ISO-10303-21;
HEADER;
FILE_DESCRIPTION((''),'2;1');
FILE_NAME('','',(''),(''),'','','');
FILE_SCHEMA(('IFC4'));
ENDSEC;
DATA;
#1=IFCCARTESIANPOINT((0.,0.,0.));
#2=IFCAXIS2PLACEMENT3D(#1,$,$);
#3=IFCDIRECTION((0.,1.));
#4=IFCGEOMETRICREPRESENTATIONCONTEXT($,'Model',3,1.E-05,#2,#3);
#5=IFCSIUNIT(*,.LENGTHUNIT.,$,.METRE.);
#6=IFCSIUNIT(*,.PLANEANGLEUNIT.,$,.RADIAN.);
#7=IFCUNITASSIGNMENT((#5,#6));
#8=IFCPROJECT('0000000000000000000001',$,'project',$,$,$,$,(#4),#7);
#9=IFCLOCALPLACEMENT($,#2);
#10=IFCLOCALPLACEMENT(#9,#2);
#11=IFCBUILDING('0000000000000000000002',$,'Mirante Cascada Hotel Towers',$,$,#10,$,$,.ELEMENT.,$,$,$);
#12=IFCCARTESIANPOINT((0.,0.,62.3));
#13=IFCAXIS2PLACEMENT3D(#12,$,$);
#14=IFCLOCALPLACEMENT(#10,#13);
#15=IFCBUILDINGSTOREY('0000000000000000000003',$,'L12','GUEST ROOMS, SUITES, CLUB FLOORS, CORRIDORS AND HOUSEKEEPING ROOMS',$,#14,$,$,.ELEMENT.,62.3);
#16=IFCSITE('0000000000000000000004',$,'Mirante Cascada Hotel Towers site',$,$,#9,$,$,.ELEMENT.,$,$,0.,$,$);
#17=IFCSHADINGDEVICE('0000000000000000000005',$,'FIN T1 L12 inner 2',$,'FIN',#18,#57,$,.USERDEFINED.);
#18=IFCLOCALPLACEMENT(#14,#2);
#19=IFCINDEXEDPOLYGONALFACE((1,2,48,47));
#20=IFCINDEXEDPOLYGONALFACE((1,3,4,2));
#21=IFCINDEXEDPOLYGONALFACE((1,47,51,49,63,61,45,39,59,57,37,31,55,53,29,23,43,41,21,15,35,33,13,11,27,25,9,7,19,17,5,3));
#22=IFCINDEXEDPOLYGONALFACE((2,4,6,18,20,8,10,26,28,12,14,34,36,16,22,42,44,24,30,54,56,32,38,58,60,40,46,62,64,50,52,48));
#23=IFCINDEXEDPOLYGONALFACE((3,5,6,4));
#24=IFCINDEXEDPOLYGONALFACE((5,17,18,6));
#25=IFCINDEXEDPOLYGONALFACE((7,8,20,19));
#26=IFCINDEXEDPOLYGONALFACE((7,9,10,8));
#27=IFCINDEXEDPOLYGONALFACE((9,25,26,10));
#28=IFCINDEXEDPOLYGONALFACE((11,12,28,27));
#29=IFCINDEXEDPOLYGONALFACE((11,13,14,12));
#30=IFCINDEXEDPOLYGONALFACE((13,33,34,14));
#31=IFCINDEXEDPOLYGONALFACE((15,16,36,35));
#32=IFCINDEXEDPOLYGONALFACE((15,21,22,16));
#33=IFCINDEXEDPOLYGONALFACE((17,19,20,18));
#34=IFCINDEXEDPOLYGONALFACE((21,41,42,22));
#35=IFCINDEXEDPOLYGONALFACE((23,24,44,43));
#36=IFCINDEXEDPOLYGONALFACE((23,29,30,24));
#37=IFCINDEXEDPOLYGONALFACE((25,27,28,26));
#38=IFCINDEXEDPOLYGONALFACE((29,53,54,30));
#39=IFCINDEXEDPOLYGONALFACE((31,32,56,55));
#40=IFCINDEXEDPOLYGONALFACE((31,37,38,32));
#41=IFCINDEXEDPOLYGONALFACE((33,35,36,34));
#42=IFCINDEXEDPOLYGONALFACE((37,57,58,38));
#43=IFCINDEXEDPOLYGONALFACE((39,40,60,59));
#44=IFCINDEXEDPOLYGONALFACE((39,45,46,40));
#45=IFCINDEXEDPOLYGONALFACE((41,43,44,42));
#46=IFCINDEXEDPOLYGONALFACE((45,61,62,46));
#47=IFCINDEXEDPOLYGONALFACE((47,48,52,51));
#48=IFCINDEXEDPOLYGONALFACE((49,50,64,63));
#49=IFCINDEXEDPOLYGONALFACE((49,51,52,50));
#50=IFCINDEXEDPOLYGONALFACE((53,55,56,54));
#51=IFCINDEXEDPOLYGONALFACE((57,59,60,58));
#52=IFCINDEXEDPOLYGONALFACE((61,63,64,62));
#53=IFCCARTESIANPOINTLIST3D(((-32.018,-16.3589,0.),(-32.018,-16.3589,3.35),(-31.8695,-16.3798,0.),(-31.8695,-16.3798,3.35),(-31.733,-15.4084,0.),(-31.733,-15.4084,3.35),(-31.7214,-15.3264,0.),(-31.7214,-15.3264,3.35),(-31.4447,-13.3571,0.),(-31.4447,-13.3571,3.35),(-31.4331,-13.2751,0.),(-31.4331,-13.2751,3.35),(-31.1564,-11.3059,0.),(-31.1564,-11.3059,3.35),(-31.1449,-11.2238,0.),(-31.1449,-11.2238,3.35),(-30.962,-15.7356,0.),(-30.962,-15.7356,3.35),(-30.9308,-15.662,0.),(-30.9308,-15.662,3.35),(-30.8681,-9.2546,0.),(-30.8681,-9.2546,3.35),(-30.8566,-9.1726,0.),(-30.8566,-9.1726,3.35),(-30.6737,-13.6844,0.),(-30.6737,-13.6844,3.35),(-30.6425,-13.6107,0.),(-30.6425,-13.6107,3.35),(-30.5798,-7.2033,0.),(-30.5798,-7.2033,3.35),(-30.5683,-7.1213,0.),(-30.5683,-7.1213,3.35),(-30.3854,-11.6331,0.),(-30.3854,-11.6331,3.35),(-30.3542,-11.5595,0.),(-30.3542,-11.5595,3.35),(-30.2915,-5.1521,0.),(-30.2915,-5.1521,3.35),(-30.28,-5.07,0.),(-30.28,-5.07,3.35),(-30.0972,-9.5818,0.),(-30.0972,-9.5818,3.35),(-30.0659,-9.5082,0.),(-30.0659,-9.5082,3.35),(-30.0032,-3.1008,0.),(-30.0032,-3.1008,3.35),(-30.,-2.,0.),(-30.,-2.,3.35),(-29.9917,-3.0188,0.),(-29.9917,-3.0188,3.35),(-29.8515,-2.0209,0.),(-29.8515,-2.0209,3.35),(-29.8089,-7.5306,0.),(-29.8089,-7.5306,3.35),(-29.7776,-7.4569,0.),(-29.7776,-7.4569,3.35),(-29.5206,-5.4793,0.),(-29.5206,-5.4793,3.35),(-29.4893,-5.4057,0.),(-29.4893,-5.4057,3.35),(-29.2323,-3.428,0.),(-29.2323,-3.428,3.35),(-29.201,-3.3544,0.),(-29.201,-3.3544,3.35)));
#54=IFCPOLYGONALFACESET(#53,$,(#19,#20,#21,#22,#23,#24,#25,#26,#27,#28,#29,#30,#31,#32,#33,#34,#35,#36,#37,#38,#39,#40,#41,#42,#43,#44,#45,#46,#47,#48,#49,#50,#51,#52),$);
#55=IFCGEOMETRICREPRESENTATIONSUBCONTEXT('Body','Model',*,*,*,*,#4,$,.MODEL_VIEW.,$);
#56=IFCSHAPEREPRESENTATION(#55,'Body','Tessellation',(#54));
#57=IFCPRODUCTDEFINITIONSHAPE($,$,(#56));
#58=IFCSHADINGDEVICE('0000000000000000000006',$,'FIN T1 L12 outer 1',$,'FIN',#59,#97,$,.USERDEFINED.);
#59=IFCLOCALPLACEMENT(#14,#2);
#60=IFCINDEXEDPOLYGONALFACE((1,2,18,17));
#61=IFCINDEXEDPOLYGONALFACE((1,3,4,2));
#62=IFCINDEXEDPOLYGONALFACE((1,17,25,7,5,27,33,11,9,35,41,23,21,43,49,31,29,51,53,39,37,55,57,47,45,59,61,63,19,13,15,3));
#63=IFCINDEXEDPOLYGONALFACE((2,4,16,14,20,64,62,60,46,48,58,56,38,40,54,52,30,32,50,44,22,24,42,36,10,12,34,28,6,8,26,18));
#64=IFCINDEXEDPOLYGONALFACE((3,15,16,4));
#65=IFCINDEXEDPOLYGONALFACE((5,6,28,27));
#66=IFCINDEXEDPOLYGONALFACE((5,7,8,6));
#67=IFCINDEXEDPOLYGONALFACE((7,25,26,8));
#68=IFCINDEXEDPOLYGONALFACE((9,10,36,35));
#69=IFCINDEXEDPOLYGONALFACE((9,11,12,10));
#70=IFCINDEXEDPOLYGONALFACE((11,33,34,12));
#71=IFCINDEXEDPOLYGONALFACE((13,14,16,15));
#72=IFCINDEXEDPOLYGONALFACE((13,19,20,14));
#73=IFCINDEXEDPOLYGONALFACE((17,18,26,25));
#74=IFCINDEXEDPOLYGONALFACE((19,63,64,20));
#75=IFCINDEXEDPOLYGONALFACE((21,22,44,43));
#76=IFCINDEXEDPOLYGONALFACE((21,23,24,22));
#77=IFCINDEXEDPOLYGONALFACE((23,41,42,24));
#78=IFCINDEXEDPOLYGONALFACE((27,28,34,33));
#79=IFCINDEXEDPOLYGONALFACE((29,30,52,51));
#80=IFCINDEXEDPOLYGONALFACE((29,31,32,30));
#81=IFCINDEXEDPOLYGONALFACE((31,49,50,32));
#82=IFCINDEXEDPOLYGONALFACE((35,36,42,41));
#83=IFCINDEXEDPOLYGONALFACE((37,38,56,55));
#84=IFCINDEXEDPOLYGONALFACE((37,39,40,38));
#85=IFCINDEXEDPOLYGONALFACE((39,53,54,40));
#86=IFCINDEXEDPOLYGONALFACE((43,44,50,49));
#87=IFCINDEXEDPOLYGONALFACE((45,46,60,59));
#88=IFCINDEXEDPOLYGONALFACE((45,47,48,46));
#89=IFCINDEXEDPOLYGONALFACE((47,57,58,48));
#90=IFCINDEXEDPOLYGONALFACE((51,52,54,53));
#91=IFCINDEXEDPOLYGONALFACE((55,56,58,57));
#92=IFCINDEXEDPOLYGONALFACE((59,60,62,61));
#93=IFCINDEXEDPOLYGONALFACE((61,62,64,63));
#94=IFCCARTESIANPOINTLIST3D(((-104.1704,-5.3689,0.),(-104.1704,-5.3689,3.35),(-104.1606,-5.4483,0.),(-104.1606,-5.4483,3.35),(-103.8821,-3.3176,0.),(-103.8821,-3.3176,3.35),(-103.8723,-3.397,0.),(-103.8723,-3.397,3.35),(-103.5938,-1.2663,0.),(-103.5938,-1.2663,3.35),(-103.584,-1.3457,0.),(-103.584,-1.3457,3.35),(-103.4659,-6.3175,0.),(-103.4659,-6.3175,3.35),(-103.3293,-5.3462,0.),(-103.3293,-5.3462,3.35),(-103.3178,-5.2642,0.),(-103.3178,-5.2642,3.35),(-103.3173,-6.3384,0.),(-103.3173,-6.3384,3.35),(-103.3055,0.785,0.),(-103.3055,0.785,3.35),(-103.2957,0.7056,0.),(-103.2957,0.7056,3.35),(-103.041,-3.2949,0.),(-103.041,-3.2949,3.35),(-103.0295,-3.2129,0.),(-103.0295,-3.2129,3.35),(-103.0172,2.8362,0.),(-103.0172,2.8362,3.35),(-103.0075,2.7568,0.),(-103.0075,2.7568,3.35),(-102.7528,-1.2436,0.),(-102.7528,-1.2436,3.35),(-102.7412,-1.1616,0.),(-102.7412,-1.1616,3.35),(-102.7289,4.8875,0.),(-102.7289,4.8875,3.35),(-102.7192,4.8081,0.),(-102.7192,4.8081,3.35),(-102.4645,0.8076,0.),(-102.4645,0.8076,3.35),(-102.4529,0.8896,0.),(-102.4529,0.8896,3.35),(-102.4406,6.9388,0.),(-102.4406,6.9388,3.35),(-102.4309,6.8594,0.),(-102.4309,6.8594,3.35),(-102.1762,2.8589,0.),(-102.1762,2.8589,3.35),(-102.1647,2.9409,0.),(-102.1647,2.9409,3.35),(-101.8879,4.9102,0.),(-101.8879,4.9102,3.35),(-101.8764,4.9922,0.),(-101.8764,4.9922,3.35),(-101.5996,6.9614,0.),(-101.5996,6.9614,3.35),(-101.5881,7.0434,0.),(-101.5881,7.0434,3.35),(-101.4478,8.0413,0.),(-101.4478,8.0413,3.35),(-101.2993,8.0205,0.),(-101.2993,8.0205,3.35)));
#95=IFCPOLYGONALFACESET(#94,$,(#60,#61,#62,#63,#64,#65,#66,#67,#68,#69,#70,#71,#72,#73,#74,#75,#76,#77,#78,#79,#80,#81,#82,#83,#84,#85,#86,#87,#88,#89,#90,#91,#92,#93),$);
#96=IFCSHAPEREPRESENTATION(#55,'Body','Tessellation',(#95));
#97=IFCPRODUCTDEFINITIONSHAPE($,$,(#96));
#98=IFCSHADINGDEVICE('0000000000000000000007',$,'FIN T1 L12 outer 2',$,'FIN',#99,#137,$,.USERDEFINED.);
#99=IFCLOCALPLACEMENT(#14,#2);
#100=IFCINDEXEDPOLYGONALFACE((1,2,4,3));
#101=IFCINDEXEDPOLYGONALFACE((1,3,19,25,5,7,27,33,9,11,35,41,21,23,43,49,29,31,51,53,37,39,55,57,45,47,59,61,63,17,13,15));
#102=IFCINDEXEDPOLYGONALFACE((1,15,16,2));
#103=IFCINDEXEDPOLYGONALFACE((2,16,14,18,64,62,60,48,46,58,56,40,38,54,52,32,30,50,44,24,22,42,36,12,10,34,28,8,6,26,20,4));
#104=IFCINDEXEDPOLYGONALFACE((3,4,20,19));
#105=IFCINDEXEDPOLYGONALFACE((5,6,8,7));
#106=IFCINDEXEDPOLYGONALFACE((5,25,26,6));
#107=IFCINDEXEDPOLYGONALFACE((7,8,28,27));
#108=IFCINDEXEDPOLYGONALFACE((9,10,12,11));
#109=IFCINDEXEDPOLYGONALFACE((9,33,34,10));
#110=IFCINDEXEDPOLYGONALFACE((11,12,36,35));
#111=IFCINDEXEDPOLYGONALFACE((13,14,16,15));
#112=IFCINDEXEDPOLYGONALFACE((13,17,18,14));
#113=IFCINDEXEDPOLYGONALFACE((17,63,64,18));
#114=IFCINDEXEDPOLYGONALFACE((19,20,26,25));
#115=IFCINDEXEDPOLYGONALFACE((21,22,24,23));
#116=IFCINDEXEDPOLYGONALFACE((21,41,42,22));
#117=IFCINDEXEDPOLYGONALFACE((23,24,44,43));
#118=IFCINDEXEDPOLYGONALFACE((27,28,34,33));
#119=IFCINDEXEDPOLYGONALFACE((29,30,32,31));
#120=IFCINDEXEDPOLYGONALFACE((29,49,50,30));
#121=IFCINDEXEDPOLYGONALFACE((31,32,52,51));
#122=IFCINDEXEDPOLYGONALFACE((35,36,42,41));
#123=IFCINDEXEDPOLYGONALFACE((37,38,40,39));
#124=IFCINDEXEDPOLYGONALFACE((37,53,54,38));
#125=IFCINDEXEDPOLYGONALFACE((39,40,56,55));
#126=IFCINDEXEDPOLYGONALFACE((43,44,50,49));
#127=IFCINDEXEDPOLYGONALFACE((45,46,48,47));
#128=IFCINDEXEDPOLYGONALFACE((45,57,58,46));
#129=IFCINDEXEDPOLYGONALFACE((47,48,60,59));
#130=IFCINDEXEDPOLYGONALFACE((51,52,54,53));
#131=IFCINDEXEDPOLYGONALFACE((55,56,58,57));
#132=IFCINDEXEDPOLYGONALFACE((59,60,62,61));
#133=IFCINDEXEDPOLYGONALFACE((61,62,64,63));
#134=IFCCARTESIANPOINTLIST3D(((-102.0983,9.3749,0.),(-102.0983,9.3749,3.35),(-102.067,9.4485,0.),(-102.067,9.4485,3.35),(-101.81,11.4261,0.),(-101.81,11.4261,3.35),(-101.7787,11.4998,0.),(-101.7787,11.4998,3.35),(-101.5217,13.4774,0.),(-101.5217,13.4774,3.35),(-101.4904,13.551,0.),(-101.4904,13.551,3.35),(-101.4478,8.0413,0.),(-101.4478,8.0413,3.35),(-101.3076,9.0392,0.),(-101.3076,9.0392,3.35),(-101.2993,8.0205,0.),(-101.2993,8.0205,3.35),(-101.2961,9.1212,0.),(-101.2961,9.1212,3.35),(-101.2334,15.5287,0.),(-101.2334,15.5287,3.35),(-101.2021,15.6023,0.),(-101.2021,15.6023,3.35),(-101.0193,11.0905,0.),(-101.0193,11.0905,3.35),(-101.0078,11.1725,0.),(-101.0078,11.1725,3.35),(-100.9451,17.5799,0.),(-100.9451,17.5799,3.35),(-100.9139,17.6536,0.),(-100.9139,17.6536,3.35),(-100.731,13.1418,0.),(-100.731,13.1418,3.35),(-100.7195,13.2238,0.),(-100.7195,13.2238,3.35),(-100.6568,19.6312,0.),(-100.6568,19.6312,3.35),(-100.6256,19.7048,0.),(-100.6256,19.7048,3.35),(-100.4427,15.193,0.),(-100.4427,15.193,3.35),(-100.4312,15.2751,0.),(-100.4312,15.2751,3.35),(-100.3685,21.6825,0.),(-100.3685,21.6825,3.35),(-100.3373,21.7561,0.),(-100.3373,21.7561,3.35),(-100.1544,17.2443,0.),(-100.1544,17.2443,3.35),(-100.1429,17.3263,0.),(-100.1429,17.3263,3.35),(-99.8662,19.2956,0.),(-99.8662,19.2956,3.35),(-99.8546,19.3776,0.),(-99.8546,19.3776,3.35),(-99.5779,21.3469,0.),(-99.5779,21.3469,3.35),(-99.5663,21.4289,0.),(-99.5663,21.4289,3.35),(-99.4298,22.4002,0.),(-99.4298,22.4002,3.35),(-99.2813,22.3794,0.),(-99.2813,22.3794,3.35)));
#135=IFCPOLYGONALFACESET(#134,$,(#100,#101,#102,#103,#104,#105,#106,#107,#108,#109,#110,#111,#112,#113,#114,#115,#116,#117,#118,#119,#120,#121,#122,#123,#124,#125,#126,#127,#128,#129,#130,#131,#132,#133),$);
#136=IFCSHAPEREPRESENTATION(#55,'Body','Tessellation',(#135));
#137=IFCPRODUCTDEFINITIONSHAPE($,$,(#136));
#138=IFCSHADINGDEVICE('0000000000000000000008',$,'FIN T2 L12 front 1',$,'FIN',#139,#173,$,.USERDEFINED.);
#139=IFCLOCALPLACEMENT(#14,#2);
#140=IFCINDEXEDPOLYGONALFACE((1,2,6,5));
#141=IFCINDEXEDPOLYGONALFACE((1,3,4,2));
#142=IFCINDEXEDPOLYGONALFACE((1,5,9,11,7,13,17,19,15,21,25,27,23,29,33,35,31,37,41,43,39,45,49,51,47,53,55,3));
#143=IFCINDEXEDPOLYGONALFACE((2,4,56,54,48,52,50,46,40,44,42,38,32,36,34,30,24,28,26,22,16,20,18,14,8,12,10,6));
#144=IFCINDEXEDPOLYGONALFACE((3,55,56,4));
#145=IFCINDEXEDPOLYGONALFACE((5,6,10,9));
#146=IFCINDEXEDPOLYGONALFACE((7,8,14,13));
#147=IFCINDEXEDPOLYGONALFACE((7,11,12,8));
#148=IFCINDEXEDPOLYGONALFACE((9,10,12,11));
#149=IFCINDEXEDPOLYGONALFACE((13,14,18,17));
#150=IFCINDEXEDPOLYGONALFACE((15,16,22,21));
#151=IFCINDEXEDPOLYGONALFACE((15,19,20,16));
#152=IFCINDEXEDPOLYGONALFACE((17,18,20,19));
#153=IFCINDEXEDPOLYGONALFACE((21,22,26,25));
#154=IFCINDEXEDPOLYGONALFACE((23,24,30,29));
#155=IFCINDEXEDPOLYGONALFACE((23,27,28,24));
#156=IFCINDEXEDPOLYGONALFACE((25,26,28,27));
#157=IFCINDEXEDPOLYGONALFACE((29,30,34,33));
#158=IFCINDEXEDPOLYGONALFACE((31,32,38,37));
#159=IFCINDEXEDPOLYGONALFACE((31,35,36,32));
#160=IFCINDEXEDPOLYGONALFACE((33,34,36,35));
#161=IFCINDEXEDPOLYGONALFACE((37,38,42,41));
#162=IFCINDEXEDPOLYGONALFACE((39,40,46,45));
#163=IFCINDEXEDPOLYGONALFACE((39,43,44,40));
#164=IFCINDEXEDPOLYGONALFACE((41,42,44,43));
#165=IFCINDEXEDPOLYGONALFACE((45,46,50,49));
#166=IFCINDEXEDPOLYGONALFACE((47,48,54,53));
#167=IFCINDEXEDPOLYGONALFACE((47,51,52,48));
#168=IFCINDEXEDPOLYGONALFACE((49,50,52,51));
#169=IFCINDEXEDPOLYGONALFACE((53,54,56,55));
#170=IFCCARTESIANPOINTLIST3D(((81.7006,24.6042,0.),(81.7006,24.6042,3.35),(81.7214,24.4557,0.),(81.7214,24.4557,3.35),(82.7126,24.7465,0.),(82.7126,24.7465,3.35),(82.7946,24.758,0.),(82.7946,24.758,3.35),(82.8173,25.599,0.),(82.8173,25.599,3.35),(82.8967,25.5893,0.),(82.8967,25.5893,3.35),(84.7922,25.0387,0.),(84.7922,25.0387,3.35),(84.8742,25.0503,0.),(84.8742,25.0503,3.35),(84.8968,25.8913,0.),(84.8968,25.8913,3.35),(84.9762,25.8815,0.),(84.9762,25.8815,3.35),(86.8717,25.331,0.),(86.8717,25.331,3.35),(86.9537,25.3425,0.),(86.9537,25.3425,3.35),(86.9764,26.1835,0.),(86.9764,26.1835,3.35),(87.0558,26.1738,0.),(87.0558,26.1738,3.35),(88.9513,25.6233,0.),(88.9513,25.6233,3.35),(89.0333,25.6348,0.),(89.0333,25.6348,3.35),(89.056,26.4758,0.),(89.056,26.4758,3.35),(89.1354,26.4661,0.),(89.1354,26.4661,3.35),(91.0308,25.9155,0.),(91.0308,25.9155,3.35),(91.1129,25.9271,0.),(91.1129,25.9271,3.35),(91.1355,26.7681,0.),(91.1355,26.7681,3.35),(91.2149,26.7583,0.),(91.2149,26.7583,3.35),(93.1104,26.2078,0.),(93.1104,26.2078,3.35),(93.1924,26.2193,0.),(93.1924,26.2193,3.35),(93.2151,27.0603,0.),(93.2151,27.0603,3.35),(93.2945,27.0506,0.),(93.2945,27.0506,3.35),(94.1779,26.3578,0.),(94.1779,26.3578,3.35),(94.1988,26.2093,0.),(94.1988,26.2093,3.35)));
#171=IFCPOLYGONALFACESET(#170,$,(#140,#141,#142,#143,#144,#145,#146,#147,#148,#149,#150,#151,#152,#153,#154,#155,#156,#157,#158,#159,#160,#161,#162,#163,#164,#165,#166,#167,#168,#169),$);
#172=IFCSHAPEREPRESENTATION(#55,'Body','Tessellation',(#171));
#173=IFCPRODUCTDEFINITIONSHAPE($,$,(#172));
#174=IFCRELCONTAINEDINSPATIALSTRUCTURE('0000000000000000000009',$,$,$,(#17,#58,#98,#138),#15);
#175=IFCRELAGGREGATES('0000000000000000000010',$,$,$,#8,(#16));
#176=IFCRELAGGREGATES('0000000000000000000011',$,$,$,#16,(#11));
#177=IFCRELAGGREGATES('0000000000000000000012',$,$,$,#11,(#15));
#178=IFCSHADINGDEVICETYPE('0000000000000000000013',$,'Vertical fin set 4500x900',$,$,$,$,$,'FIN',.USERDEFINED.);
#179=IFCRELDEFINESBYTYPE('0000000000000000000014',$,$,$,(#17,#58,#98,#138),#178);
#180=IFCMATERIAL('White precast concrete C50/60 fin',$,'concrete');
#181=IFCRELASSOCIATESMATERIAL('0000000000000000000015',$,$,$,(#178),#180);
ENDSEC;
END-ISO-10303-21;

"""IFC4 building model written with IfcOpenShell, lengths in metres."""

from ifc_helpers import new_model, si_unit, direction, frame, origin, place, context, subcontext, project, spatial, polyline, outline, extrude, material, type_object, element, save


model = new_model("IFC4")

# Units and contexts
model_context = context("Model", 3, precision=1e-05, world=origin(), true_north=direction((0.0, 1.0)))
body_context = subcontext(model_context, "Body", "Model", "MODEL_VIEW")
ifc_project = project(units=[si_unit("LENGTHUNIT", "METRE"), si_unit("PLANEANGLEUNIT", "RADIAN")], contexts=[model_context])

# Site, building, storey
site_placement = place(None, origin())
site = spatial("IfcSite", under=ifc_project, at=site_placement, Name="Mirante Cascada Hotel Towers site", CompositionType="ELEMENT", RefElevation=0.0)
building_placement = place(site_placement, origin())
building = spatial("IfcBuilding", under=site, at=building_placement, Name="Mirante Cascada Hotel Towers", CompositionType="ELEMENT")
storey_placement = place(building_placement, frame((0.0, 0.0, 62.3)))
storey = spatial("IfcBuildingStorey", under=building, at=storey_placement, Name="L12", Description="GUEST ROOMS, SUITES, CLUB FLOORS, CORRIDORS AND HOUSEKEEPING ROOMS", CompositionType="ELEMENT", Elevation=62.3)

# Shading devices
ifc_material_1 = material(Name="White precast concrete C50/60 fin", Category="concrete")
shading_device_type = type_object("IfcShadingDeviceType", Name="Vertical fin set 4500x900", ElementType="FIN", PredefinedType="USERDEFINED", material=ifc_material_1)
shading_device_1_placement = place(storey_placement, origin())
element("IfcShadingDevice", 1, at=shading_device_1_placement, inside=storey, type_object=shading_device_type, Name="FIN T1 L12 inner 2", ObjectType="FIN", PredefinedType="USERDEFINED", context=body_context, shape_type="SweptSolid", body=[
    extrude(outline(polyline([(-31.733, -15.4084), (-31.8695, -16.3798), (-32.018, -16.3589), (-30.0, -2.0), (-29.8515, -2.0209), (-29.9917, -3.0188), (-29.201, -3.3544), (-29.2323, -3.428), (-30.0032, -3.1008), (-30.28, -5.07), (-29.4893, -5.4057), (-29.5206, -5.4793), (-30.2915, -5.1521), (-30.5683, -7.1213), (-29.7776, -7.4569), (-29.8089, -7.5306), (-30.5798, -7.2033), (-30.8566, -9.1726), (-30.0659, -9.5082), (-30.0972, -9.5818), (-30.8681, -9.2546), (-31.1449, -11.2238), (-30.3542, -11.5595), (-30.3854, -11.6331), (-31.1564, -11.3059), (-31.4331, -13.2751), (-30.6425, -13.6107), (-30.6737, -13.6844), (-31.4447, -13.3571), (-31.7214, -15.3264), (-30.9308, -15.662), (-30.962, -15.7356), (-31.733, -15.4084)])), origin(), (0.0, 0.0, 1.0), 3.35),
])
shading_device_2_placement = place(storey_placement, origin())
element("IfcShadingDevice", 2, at=shading_device_2_placement, inside=storey, type_object=shading_device_type, Name="FIN T1 L12 outer 1", ObjectType="FIN", PredefinedType="USERDEFINED", context=body_context, shape_type="SweptSolid", body=[
    extrude(outline(polyline([(-103.3178, -5.2642), (-103.041, -3.2949), (-103.8723, -3.397), (-103.8821, -3.3176), (-103.0295, -3.2129), (-102.7528, -1.2436), (-103.584, -1.3457), (-103.5938, -1.2663), (-102.7412, -1.1616), (-102.4645, 0.8076), (-103.2957, 0.7056), (-103.3055, 0.785), (-102.4529, 0.8896), (-102.1762, 2.8589), (-103.0075, 2.7568), (-103.0172, 2.8362), (-102.1647, 2.9409), (-101.8879, 4.9102), (-102.7192, 4.8081), (-102.7289, 4.8875), (-101.8764, 4.9922), (-101.5996, 6.9614), (-102.4309, 6.8594), (-102.4406, 6.9388), (-101.5881, 7.0434), (-101.4478, 8.0413), (-101.2993, 8.0205), (-103.3173, -6.3384), (-103.4659, -6.3175), (-103.3293, -5.3462), (-104.1606, -5.4483), (-104.1704, -5.3689), (-103.3178, -5.2642)])), origin(), (0.0, 0.0, 1.0), 3.35),
])
shading_device_3_placement = place(storey_placement, origin())
element("IfcShadingDevice", 3, at=shading_device_3_placement, inside=storey, type_object=shading_device_type, Name="FIN T1 L12 outer 2", ObjectType="FIN", PredefinedType="USERDEFINED", context=body_context, shape_type="SweptSolid", body=[
    extrude(outline(polyline([(-101.2961, 9.1212), (-101.0193, 11.0905), (-101.81, 11.4261), (-101.7787, 11.4998), (-101.0078, 11.1725), (-100.731, 13.1418), (-101.5217, 13.4774), (-101.4904, 13.551), (-100.7195, 13.2238), (-100.4427, 15.193), (-101.2334, 15.5287), (-101.2021, 15.6023), (-100.4312, 15.2751), (-100.1544, 17.2443), (-100.9451, 17.5799), (-100.9139, 17.6536), (-100.1429, 17.3263), (-99.8662, 19.2956), (-100.6568, 19.6312), (-100.6256, 19.7048), (-99.8546, 19.3776), (-99.5779, 21.3469), (-100.3685, 21.6825), (-100.3373, 21.7561), (-99.5663, 21.4289), (-99.4298, 22.4002), (-99.2813, 22.3794), (-101.2993, 8.0205), (-101.4478, 8.0413), (-101.3076, 9.0392), (-102.0983, 9.3749), (-102.067, 9.4485), (-101.2961, 9.1212)])), origin(), (0.0, 0.0, 1.0), 3.35),
])
shading_device_4_placement = place(storey_placement, origin())
element("IfcShadingDevice", 4, at=shading_device_4_placement, inside=storey, type_object=shading_device_type, Name="FIN T2 L12 front 1", ObjectType="FIN", PredefinedType="USERDEFINED", context=body_context, shape_type="SweptSolid", body=[
    extrude(outline(polyline([(82.8967, 25.5893), (82.7946, 24.758), (84.7922, 25.0387), (84.8968, 25.8913), (84.9762, 25.8815), (84.8742, 25.0503), (86.8717, 25.331), (86.9764, 26.1835), (87.0558, 26.1738), (86.9537, 25.3425), (88.9513, 25.6233), (89.056, 26.4758), (89.1354, 26.4661), (89.0333, 25.6348), (91.0308, 25.9155), (91.1355, 26.7681), (91.2149, 26.7583), (91.1129, 25.9271), (93.1104, 26.2078), (93.2151, 27.0603), (93.2945, 27.0506), (93.1924, 26.2193), (94.1779, 26.3578), (94.1988, 26.2093), (81.7214, 24.4557), (81.7006, 24.6042), (82.7126, 24.7465), (82.8173, 25.599), (82.8967, 25.5893)])), origin(), (0.0, 0.0, 1.0), 3.35),
])

save(model, "model.ifc")
